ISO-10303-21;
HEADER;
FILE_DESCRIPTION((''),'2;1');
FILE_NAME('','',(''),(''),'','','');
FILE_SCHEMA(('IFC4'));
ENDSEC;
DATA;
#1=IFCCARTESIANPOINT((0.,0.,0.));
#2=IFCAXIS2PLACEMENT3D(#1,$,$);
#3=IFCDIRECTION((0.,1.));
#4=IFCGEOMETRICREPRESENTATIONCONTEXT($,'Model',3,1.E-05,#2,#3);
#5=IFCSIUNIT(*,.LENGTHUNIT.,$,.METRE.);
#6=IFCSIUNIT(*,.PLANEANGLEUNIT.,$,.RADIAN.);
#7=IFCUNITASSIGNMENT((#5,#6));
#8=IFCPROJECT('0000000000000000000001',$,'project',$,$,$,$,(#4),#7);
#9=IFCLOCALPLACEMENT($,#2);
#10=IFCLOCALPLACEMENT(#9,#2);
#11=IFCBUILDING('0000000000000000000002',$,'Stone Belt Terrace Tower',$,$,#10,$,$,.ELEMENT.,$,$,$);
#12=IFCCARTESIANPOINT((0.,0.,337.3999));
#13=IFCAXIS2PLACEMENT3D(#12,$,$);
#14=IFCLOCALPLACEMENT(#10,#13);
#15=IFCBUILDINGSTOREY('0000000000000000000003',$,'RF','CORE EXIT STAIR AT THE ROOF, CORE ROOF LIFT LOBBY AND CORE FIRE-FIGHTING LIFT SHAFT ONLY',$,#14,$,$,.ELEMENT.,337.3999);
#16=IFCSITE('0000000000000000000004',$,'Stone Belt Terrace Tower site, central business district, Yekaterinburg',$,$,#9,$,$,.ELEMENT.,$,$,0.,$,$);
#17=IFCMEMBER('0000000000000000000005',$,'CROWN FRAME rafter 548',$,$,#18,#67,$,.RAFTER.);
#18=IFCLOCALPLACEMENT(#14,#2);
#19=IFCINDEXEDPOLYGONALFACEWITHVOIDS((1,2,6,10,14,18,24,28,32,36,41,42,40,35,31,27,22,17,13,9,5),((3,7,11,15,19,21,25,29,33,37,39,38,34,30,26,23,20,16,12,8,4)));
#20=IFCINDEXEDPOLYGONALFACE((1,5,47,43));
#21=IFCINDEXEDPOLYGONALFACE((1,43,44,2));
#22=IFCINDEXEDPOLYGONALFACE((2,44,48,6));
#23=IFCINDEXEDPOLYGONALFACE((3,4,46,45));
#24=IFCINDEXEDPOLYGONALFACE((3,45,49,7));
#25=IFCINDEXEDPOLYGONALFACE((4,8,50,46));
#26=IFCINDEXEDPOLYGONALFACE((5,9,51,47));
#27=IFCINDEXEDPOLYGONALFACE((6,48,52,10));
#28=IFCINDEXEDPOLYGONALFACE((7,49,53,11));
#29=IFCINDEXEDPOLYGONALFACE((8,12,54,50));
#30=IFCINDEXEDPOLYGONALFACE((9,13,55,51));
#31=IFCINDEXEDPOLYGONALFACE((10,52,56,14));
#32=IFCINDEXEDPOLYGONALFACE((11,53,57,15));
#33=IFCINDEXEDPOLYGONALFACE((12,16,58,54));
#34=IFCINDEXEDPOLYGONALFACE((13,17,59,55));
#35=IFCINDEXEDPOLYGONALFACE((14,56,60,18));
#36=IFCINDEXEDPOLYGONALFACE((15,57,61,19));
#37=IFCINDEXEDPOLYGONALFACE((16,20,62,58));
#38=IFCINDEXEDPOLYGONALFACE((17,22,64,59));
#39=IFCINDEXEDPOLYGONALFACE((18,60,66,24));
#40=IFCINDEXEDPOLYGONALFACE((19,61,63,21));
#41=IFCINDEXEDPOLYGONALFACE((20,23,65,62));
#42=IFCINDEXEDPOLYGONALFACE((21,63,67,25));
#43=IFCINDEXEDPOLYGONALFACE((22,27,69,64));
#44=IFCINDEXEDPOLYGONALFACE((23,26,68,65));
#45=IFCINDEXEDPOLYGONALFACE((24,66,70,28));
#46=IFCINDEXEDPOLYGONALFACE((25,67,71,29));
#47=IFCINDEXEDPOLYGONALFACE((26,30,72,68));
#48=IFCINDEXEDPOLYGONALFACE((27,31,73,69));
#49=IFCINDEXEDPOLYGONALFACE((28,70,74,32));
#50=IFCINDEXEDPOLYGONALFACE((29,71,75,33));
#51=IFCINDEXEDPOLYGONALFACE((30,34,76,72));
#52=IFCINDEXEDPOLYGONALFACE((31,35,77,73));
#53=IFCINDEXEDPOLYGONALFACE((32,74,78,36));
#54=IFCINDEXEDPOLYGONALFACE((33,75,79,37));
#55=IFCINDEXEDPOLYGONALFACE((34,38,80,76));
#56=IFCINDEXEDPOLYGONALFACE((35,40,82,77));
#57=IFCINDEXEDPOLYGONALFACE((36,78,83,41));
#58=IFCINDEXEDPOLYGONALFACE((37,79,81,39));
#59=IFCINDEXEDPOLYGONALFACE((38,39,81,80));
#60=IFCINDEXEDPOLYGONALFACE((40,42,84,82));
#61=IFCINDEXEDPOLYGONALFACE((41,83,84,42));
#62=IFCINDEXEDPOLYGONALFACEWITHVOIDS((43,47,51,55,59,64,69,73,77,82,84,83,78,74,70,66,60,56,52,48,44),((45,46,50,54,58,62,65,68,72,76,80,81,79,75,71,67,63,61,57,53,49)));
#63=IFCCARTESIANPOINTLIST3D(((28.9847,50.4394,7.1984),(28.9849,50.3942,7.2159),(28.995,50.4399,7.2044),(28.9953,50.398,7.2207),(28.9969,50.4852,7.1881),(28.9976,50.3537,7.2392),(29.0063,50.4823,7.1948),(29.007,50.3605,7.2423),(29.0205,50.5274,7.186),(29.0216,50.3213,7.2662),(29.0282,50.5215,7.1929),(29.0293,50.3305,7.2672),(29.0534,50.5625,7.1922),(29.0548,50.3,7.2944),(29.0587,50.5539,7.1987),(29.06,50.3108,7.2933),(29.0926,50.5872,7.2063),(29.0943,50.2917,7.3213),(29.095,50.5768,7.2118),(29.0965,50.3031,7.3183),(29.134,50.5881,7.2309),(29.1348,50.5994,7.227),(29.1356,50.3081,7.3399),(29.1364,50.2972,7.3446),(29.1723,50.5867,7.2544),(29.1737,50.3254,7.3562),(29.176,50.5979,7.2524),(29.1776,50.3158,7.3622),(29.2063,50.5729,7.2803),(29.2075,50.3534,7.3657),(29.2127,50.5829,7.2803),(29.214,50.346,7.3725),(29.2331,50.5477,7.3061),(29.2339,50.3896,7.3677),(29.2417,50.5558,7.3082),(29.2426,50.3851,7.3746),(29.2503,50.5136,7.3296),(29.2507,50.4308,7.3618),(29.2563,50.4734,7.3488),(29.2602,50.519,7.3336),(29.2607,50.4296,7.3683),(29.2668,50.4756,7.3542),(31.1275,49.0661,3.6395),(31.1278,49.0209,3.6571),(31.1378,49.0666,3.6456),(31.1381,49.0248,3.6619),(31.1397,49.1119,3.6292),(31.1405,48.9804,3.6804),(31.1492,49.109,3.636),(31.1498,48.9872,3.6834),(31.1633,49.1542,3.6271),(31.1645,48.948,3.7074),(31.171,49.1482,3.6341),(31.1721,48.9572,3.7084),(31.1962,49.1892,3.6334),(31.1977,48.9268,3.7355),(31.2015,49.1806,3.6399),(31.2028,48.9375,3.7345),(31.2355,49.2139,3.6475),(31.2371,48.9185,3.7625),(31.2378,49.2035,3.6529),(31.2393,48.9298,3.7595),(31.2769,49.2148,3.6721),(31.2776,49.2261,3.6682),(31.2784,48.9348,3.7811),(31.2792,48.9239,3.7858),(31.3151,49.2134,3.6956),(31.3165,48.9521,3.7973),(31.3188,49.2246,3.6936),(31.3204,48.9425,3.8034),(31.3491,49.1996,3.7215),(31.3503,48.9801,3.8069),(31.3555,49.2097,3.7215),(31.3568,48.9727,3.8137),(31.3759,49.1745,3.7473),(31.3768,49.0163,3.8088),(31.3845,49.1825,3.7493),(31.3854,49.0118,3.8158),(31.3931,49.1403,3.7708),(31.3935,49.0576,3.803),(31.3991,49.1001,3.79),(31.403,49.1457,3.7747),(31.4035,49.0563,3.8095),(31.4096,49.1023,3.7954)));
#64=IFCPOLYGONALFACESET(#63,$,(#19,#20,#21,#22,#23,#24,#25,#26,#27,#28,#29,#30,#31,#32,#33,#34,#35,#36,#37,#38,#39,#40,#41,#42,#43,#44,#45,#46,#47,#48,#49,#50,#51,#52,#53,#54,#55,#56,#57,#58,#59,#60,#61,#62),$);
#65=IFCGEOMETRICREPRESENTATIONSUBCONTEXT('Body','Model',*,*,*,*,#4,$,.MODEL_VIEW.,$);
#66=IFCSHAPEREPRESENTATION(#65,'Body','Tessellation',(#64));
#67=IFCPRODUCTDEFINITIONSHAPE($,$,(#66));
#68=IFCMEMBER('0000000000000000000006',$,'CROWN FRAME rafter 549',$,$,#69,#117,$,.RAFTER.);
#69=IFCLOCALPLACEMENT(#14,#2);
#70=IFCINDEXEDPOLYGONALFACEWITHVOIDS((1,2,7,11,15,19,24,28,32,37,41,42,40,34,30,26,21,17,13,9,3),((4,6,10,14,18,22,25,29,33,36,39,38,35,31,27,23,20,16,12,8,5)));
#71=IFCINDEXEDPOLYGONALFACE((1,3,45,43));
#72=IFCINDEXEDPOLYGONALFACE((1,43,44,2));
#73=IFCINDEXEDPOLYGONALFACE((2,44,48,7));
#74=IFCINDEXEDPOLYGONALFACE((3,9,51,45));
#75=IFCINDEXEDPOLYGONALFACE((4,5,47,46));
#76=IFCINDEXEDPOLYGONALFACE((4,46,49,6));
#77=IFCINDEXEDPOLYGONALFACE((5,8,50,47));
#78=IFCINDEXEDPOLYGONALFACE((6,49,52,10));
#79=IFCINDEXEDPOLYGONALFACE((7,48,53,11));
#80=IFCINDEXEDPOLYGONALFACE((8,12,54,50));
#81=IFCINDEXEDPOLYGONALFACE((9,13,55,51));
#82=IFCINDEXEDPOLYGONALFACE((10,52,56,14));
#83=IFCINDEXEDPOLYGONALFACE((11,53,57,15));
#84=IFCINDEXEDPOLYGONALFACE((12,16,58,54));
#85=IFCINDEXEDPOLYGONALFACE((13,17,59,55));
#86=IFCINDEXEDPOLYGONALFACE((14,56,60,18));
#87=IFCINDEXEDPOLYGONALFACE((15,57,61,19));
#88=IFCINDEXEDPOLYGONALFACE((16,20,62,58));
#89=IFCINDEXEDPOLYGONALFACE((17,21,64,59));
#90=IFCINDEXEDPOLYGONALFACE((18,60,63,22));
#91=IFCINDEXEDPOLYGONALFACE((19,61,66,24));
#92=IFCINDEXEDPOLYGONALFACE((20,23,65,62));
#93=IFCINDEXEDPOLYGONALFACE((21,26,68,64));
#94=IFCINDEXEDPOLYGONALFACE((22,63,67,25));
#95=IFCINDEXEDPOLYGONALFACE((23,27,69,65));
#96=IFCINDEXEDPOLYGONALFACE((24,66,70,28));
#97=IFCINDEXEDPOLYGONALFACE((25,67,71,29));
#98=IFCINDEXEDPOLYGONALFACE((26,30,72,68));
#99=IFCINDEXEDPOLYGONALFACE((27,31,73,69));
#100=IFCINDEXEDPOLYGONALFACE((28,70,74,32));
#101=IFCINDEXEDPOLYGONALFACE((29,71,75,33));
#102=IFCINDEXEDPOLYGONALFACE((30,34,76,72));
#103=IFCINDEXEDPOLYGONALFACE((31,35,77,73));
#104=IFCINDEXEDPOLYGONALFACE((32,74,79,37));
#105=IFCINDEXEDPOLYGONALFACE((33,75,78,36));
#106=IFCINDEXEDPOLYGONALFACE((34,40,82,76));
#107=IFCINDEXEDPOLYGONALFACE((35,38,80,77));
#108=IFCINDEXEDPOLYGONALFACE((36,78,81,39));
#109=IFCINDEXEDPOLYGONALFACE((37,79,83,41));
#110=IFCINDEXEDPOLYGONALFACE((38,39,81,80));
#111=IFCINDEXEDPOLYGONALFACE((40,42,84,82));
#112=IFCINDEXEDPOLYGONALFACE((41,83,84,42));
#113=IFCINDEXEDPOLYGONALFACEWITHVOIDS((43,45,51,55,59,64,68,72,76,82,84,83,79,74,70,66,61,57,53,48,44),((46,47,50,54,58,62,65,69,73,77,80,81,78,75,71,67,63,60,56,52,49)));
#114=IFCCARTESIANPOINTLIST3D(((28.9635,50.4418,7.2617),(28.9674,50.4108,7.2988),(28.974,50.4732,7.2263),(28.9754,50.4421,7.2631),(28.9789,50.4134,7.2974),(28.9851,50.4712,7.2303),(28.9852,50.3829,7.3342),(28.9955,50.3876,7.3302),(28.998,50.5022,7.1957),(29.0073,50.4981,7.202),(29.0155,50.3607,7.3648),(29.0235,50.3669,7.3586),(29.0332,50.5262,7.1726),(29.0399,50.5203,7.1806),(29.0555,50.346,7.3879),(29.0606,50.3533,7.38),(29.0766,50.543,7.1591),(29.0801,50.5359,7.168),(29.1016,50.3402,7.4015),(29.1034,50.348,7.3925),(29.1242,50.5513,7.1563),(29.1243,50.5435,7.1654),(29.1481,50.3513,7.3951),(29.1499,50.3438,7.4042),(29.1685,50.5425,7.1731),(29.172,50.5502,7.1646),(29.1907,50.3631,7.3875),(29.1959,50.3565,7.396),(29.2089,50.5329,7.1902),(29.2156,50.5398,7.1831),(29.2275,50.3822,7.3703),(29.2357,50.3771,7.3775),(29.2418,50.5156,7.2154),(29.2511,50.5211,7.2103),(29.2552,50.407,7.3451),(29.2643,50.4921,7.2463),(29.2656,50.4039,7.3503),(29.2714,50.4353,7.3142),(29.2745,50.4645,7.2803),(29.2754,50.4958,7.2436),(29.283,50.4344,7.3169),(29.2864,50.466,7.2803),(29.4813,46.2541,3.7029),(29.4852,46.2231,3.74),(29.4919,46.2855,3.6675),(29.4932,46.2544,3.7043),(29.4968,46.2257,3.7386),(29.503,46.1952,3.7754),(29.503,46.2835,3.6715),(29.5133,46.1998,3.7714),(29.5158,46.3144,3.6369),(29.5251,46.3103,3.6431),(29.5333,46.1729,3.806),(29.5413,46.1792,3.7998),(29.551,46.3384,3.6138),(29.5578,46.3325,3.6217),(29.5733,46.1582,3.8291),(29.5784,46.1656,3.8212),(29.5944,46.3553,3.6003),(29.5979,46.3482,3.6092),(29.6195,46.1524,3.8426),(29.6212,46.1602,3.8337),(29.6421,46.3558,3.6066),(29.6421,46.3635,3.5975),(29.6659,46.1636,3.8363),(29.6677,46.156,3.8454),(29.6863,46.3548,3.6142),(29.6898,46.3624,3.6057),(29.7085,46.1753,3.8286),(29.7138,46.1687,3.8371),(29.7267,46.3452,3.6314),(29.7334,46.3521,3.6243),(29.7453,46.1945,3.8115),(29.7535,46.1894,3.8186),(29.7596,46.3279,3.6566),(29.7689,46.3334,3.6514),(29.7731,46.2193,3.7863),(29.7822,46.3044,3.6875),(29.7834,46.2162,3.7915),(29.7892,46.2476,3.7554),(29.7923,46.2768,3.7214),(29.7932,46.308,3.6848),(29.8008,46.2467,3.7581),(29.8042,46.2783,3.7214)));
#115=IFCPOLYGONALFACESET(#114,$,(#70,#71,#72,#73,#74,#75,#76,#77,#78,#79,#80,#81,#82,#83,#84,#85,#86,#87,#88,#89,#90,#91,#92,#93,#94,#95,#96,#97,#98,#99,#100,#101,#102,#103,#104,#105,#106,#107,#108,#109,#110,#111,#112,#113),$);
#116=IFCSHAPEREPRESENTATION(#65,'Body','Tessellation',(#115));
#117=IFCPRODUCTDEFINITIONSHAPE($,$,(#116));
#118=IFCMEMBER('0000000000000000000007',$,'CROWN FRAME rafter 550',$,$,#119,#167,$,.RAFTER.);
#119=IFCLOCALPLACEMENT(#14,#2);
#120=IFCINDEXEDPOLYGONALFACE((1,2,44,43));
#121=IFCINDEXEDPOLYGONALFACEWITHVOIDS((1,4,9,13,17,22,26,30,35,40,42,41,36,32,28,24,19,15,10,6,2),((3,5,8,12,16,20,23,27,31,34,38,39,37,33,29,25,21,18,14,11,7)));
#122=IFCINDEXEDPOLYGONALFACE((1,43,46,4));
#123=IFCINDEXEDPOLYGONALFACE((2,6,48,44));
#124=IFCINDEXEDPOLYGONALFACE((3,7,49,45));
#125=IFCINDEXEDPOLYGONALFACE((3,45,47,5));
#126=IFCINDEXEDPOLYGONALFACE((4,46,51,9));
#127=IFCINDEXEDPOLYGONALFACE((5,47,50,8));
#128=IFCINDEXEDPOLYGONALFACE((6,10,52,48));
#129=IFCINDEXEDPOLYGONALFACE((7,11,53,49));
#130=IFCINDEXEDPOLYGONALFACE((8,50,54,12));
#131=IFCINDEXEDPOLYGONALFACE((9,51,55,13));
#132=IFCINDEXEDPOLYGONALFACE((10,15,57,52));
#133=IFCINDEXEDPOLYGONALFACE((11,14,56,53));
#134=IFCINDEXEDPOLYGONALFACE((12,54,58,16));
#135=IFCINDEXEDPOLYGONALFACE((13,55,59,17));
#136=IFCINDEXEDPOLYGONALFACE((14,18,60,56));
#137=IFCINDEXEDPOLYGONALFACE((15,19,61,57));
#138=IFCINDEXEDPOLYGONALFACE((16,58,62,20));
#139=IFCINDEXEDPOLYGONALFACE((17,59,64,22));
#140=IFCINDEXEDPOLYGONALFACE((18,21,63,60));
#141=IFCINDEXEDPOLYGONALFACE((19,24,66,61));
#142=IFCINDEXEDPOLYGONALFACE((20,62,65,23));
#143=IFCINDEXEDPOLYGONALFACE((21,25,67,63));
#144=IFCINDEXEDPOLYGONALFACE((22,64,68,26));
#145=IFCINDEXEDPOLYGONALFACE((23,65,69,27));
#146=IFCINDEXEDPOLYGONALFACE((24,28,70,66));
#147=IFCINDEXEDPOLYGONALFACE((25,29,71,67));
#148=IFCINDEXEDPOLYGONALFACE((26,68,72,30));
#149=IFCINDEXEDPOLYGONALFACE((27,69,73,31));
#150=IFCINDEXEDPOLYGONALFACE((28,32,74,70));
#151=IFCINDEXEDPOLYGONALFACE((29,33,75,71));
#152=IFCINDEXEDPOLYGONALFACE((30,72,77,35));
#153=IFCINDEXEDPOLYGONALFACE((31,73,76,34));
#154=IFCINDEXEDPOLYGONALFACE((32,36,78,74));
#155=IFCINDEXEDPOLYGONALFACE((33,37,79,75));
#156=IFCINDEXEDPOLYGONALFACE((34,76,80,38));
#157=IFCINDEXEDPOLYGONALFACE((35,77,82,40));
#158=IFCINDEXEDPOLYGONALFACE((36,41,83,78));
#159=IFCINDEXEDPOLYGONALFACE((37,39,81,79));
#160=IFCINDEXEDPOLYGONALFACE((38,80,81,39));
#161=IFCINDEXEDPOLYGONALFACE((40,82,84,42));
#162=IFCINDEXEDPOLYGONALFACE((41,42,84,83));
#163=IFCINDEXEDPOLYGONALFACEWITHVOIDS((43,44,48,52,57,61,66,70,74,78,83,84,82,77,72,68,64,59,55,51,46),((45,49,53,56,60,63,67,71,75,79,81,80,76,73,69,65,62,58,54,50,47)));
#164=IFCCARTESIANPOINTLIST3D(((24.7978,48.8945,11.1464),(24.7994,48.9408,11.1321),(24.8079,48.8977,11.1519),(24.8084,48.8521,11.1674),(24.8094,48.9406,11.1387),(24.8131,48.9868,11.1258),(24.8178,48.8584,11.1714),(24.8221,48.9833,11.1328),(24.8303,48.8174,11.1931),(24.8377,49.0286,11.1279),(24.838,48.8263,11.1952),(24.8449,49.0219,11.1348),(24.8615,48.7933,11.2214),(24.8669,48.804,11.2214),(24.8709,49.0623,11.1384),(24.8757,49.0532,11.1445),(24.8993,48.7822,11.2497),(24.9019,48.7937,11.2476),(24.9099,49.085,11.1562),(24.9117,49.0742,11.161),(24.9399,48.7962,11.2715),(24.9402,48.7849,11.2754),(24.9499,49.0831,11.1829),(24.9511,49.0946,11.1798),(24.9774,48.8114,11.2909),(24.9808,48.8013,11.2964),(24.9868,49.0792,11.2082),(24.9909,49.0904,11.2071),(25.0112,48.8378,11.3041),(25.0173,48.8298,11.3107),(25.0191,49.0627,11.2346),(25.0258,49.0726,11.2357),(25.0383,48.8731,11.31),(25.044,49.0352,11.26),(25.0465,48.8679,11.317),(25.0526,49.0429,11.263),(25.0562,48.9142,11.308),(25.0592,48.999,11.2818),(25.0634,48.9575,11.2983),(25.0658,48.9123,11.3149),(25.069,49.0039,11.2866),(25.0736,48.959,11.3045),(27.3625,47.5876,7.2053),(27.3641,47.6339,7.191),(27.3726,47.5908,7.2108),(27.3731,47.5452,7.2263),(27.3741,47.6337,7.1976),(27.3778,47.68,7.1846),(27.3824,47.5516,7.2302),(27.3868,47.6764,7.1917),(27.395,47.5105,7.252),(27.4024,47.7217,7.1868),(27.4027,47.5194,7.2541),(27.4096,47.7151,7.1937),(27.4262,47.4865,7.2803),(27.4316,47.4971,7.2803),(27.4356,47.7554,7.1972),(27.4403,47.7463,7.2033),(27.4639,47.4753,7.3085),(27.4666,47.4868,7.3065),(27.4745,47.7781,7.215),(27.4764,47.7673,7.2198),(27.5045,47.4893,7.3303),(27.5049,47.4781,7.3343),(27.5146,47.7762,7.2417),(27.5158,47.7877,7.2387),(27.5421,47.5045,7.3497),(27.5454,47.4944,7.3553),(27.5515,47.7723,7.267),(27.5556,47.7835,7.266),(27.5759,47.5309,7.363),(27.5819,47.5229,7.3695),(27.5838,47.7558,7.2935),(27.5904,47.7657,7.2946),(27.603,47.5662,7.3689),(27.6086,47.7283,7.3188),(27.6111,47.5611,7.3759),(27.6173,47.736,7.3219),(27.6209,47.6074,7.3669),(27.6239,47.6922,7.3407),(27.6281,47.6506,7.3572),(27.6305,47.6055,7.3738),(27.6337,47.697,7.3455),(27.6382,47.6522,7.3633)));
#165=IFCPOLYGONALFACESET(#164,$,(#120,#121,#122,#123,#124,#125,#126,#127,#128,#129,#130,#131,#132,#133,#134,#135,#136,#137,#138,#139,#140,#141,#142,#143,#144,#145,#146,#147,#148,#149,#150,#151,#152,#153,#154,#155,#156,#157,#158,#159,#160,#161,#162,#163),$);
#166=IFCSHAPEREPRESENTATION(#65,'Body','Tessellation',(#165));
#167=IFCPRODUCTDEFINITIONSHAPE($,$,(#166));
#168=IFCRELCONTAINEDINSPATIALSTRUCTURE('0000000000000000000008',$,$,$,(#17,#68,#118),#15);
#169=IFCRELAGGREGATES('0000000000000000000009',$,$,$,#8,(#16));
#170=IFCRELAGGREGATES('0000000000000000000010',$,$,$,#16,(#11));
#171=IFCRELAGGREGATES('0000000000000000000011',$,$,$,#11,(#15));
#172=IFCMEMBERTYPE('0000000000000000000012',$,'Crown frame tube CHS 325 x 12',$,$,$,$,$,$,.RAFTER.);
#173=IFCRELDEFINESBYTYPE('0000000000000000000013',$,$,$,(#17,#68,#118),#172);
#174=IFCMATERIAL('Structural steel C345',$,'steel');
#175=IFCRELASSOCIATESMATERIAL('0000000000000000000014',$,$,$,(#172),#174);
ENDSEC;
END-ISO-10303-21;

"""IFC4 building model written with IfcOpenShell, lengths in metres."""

from ifc_helpers import new_model, si_unit, direction, frame, origin, origin_2d, place, context, subcontext, project, spatial, hollow_circle, extrude, material, material_profile, profile_set, type_object, element, save


model = new_model("IFC4")

# Units and contexts
model_context = context("Model", 3, precision=1e-05, world=origin(), true_north=direction((0.0, 1.0)))
body_context = subcontext(model_context, "Body", "Model", "MODEL_VIEW")
ifc_project = project(units=[si_unit("LENGTHUNIT", "METRE"), si_unit("PLANEANGLEUNIT", "RADIAN")], contexts=[model_context])

# Site, building, storey
site_placement = place(None, origin())
site = spatial("IfcSite", under=ifc_project, at=site_placement, Name="Stone Belt Terrace Tower site, central business district, Yekaterinburg", CompositionType="ELEMENT", RefElevation=0.0)
building_placement = place(site_placement, origin())
building = spatial("IfcBuilding", under=site, at=building_placement, Name="Stone Belt Terrace Tower", CompositionType="ELEMENT")
storey_placement = place(building_placement, frame((0.0, 0.0, 337.3999)))
storey = spatial("IfcBuildingStorey", under=building, at=storey_placement, Name="RF", Description="CORE EXIT STAIR AT THE ROOF, CORE ROOF LIFT LOBBY AND CORE FIRE-FIGHTING LIFT SHAFT ONLY", CompositionType="ELEMENT", Elevation=337.3999)

# Members
ifc_material_1 = material(Name="Structural steel C345", Category="steel")
ifc_material_profile_1 = material_profile(ifc_material_1, hollow_circle(Radius=0.1626, WallThickness=0.012, at=origin_2d()), Name="Structural steel C345 CHS 325x12")
ifc_profile_set_1 = profile_set([ifc_material_profile_1], Name="Structural steel C345")
member_type_1 = type_object("IfcMemberType", Name="Crown frame tube CHS 325 x 12", PredefinedType="RAFTER", material=ifc_profile_set_1)
member_1_placement = place(storey_placement, frame((29.125, 50.446, 7.2803), z_axis=(0.489758, -0.313876, -0.813399), x_axis=(0.539579, 0.841935, 0.0)))
element("IfcMember", 1, at=member_1_placement, inside=storey, type_object=member_type_1, Name="CROWN FRAME rafter 548", PredefinedType="RAFTER", context=body_context, shape_type="SweptSolid", body=[
    extrude(hollow_circle(Radius=0.1626, WallThickness=0.012, at=origin_2d()), origin(), (0.0, 0.0, 1.0), 4.3752),
])
member_2_placement = place(storey_placement, frame((29.125, 50.446, 7.2803), z_axis=(0.093808, -0.758646, -0.644714), x_axis=(0.992442, 0.122717, 0.0)))
element("IfcMember", 2, at=member_2_placement, inside=storey, type_object=member_type_1, Name="CROWN FRAME rafter 549", PredefinedType="RAFTER", context=body_context, shape_type="SweptSolid", body=[
    extrude(hollow_circle(Radius=0.1626, WallThickness=0.012, at=origin_2d()), origin(), (0.0, 0.0, 1.0), 5.52),
])
member_3_placement = place(storey_placement, frame((27.5, 47.6313, 7.2803), z_axis=(-0.525509, 0.267782, 0.807548), x_axis=(-0.45402, -0.890992, 0.0)))
element("IfcMember", 3, at=member_3_placement, inside=storey, type_object=member_type_1, Name="CROWN FRAME rafter 550", PredefinedType="RAFTER", context=body_context, shape_type="SweptSolid", body=[
    extrude(hollow_circle(Radius=0.1626, WallThickness=0.012, at=origin_2d()), origin(), (0.0, 0.0, 1.0), 4.8804),
])

save(model, "model.ifc")
